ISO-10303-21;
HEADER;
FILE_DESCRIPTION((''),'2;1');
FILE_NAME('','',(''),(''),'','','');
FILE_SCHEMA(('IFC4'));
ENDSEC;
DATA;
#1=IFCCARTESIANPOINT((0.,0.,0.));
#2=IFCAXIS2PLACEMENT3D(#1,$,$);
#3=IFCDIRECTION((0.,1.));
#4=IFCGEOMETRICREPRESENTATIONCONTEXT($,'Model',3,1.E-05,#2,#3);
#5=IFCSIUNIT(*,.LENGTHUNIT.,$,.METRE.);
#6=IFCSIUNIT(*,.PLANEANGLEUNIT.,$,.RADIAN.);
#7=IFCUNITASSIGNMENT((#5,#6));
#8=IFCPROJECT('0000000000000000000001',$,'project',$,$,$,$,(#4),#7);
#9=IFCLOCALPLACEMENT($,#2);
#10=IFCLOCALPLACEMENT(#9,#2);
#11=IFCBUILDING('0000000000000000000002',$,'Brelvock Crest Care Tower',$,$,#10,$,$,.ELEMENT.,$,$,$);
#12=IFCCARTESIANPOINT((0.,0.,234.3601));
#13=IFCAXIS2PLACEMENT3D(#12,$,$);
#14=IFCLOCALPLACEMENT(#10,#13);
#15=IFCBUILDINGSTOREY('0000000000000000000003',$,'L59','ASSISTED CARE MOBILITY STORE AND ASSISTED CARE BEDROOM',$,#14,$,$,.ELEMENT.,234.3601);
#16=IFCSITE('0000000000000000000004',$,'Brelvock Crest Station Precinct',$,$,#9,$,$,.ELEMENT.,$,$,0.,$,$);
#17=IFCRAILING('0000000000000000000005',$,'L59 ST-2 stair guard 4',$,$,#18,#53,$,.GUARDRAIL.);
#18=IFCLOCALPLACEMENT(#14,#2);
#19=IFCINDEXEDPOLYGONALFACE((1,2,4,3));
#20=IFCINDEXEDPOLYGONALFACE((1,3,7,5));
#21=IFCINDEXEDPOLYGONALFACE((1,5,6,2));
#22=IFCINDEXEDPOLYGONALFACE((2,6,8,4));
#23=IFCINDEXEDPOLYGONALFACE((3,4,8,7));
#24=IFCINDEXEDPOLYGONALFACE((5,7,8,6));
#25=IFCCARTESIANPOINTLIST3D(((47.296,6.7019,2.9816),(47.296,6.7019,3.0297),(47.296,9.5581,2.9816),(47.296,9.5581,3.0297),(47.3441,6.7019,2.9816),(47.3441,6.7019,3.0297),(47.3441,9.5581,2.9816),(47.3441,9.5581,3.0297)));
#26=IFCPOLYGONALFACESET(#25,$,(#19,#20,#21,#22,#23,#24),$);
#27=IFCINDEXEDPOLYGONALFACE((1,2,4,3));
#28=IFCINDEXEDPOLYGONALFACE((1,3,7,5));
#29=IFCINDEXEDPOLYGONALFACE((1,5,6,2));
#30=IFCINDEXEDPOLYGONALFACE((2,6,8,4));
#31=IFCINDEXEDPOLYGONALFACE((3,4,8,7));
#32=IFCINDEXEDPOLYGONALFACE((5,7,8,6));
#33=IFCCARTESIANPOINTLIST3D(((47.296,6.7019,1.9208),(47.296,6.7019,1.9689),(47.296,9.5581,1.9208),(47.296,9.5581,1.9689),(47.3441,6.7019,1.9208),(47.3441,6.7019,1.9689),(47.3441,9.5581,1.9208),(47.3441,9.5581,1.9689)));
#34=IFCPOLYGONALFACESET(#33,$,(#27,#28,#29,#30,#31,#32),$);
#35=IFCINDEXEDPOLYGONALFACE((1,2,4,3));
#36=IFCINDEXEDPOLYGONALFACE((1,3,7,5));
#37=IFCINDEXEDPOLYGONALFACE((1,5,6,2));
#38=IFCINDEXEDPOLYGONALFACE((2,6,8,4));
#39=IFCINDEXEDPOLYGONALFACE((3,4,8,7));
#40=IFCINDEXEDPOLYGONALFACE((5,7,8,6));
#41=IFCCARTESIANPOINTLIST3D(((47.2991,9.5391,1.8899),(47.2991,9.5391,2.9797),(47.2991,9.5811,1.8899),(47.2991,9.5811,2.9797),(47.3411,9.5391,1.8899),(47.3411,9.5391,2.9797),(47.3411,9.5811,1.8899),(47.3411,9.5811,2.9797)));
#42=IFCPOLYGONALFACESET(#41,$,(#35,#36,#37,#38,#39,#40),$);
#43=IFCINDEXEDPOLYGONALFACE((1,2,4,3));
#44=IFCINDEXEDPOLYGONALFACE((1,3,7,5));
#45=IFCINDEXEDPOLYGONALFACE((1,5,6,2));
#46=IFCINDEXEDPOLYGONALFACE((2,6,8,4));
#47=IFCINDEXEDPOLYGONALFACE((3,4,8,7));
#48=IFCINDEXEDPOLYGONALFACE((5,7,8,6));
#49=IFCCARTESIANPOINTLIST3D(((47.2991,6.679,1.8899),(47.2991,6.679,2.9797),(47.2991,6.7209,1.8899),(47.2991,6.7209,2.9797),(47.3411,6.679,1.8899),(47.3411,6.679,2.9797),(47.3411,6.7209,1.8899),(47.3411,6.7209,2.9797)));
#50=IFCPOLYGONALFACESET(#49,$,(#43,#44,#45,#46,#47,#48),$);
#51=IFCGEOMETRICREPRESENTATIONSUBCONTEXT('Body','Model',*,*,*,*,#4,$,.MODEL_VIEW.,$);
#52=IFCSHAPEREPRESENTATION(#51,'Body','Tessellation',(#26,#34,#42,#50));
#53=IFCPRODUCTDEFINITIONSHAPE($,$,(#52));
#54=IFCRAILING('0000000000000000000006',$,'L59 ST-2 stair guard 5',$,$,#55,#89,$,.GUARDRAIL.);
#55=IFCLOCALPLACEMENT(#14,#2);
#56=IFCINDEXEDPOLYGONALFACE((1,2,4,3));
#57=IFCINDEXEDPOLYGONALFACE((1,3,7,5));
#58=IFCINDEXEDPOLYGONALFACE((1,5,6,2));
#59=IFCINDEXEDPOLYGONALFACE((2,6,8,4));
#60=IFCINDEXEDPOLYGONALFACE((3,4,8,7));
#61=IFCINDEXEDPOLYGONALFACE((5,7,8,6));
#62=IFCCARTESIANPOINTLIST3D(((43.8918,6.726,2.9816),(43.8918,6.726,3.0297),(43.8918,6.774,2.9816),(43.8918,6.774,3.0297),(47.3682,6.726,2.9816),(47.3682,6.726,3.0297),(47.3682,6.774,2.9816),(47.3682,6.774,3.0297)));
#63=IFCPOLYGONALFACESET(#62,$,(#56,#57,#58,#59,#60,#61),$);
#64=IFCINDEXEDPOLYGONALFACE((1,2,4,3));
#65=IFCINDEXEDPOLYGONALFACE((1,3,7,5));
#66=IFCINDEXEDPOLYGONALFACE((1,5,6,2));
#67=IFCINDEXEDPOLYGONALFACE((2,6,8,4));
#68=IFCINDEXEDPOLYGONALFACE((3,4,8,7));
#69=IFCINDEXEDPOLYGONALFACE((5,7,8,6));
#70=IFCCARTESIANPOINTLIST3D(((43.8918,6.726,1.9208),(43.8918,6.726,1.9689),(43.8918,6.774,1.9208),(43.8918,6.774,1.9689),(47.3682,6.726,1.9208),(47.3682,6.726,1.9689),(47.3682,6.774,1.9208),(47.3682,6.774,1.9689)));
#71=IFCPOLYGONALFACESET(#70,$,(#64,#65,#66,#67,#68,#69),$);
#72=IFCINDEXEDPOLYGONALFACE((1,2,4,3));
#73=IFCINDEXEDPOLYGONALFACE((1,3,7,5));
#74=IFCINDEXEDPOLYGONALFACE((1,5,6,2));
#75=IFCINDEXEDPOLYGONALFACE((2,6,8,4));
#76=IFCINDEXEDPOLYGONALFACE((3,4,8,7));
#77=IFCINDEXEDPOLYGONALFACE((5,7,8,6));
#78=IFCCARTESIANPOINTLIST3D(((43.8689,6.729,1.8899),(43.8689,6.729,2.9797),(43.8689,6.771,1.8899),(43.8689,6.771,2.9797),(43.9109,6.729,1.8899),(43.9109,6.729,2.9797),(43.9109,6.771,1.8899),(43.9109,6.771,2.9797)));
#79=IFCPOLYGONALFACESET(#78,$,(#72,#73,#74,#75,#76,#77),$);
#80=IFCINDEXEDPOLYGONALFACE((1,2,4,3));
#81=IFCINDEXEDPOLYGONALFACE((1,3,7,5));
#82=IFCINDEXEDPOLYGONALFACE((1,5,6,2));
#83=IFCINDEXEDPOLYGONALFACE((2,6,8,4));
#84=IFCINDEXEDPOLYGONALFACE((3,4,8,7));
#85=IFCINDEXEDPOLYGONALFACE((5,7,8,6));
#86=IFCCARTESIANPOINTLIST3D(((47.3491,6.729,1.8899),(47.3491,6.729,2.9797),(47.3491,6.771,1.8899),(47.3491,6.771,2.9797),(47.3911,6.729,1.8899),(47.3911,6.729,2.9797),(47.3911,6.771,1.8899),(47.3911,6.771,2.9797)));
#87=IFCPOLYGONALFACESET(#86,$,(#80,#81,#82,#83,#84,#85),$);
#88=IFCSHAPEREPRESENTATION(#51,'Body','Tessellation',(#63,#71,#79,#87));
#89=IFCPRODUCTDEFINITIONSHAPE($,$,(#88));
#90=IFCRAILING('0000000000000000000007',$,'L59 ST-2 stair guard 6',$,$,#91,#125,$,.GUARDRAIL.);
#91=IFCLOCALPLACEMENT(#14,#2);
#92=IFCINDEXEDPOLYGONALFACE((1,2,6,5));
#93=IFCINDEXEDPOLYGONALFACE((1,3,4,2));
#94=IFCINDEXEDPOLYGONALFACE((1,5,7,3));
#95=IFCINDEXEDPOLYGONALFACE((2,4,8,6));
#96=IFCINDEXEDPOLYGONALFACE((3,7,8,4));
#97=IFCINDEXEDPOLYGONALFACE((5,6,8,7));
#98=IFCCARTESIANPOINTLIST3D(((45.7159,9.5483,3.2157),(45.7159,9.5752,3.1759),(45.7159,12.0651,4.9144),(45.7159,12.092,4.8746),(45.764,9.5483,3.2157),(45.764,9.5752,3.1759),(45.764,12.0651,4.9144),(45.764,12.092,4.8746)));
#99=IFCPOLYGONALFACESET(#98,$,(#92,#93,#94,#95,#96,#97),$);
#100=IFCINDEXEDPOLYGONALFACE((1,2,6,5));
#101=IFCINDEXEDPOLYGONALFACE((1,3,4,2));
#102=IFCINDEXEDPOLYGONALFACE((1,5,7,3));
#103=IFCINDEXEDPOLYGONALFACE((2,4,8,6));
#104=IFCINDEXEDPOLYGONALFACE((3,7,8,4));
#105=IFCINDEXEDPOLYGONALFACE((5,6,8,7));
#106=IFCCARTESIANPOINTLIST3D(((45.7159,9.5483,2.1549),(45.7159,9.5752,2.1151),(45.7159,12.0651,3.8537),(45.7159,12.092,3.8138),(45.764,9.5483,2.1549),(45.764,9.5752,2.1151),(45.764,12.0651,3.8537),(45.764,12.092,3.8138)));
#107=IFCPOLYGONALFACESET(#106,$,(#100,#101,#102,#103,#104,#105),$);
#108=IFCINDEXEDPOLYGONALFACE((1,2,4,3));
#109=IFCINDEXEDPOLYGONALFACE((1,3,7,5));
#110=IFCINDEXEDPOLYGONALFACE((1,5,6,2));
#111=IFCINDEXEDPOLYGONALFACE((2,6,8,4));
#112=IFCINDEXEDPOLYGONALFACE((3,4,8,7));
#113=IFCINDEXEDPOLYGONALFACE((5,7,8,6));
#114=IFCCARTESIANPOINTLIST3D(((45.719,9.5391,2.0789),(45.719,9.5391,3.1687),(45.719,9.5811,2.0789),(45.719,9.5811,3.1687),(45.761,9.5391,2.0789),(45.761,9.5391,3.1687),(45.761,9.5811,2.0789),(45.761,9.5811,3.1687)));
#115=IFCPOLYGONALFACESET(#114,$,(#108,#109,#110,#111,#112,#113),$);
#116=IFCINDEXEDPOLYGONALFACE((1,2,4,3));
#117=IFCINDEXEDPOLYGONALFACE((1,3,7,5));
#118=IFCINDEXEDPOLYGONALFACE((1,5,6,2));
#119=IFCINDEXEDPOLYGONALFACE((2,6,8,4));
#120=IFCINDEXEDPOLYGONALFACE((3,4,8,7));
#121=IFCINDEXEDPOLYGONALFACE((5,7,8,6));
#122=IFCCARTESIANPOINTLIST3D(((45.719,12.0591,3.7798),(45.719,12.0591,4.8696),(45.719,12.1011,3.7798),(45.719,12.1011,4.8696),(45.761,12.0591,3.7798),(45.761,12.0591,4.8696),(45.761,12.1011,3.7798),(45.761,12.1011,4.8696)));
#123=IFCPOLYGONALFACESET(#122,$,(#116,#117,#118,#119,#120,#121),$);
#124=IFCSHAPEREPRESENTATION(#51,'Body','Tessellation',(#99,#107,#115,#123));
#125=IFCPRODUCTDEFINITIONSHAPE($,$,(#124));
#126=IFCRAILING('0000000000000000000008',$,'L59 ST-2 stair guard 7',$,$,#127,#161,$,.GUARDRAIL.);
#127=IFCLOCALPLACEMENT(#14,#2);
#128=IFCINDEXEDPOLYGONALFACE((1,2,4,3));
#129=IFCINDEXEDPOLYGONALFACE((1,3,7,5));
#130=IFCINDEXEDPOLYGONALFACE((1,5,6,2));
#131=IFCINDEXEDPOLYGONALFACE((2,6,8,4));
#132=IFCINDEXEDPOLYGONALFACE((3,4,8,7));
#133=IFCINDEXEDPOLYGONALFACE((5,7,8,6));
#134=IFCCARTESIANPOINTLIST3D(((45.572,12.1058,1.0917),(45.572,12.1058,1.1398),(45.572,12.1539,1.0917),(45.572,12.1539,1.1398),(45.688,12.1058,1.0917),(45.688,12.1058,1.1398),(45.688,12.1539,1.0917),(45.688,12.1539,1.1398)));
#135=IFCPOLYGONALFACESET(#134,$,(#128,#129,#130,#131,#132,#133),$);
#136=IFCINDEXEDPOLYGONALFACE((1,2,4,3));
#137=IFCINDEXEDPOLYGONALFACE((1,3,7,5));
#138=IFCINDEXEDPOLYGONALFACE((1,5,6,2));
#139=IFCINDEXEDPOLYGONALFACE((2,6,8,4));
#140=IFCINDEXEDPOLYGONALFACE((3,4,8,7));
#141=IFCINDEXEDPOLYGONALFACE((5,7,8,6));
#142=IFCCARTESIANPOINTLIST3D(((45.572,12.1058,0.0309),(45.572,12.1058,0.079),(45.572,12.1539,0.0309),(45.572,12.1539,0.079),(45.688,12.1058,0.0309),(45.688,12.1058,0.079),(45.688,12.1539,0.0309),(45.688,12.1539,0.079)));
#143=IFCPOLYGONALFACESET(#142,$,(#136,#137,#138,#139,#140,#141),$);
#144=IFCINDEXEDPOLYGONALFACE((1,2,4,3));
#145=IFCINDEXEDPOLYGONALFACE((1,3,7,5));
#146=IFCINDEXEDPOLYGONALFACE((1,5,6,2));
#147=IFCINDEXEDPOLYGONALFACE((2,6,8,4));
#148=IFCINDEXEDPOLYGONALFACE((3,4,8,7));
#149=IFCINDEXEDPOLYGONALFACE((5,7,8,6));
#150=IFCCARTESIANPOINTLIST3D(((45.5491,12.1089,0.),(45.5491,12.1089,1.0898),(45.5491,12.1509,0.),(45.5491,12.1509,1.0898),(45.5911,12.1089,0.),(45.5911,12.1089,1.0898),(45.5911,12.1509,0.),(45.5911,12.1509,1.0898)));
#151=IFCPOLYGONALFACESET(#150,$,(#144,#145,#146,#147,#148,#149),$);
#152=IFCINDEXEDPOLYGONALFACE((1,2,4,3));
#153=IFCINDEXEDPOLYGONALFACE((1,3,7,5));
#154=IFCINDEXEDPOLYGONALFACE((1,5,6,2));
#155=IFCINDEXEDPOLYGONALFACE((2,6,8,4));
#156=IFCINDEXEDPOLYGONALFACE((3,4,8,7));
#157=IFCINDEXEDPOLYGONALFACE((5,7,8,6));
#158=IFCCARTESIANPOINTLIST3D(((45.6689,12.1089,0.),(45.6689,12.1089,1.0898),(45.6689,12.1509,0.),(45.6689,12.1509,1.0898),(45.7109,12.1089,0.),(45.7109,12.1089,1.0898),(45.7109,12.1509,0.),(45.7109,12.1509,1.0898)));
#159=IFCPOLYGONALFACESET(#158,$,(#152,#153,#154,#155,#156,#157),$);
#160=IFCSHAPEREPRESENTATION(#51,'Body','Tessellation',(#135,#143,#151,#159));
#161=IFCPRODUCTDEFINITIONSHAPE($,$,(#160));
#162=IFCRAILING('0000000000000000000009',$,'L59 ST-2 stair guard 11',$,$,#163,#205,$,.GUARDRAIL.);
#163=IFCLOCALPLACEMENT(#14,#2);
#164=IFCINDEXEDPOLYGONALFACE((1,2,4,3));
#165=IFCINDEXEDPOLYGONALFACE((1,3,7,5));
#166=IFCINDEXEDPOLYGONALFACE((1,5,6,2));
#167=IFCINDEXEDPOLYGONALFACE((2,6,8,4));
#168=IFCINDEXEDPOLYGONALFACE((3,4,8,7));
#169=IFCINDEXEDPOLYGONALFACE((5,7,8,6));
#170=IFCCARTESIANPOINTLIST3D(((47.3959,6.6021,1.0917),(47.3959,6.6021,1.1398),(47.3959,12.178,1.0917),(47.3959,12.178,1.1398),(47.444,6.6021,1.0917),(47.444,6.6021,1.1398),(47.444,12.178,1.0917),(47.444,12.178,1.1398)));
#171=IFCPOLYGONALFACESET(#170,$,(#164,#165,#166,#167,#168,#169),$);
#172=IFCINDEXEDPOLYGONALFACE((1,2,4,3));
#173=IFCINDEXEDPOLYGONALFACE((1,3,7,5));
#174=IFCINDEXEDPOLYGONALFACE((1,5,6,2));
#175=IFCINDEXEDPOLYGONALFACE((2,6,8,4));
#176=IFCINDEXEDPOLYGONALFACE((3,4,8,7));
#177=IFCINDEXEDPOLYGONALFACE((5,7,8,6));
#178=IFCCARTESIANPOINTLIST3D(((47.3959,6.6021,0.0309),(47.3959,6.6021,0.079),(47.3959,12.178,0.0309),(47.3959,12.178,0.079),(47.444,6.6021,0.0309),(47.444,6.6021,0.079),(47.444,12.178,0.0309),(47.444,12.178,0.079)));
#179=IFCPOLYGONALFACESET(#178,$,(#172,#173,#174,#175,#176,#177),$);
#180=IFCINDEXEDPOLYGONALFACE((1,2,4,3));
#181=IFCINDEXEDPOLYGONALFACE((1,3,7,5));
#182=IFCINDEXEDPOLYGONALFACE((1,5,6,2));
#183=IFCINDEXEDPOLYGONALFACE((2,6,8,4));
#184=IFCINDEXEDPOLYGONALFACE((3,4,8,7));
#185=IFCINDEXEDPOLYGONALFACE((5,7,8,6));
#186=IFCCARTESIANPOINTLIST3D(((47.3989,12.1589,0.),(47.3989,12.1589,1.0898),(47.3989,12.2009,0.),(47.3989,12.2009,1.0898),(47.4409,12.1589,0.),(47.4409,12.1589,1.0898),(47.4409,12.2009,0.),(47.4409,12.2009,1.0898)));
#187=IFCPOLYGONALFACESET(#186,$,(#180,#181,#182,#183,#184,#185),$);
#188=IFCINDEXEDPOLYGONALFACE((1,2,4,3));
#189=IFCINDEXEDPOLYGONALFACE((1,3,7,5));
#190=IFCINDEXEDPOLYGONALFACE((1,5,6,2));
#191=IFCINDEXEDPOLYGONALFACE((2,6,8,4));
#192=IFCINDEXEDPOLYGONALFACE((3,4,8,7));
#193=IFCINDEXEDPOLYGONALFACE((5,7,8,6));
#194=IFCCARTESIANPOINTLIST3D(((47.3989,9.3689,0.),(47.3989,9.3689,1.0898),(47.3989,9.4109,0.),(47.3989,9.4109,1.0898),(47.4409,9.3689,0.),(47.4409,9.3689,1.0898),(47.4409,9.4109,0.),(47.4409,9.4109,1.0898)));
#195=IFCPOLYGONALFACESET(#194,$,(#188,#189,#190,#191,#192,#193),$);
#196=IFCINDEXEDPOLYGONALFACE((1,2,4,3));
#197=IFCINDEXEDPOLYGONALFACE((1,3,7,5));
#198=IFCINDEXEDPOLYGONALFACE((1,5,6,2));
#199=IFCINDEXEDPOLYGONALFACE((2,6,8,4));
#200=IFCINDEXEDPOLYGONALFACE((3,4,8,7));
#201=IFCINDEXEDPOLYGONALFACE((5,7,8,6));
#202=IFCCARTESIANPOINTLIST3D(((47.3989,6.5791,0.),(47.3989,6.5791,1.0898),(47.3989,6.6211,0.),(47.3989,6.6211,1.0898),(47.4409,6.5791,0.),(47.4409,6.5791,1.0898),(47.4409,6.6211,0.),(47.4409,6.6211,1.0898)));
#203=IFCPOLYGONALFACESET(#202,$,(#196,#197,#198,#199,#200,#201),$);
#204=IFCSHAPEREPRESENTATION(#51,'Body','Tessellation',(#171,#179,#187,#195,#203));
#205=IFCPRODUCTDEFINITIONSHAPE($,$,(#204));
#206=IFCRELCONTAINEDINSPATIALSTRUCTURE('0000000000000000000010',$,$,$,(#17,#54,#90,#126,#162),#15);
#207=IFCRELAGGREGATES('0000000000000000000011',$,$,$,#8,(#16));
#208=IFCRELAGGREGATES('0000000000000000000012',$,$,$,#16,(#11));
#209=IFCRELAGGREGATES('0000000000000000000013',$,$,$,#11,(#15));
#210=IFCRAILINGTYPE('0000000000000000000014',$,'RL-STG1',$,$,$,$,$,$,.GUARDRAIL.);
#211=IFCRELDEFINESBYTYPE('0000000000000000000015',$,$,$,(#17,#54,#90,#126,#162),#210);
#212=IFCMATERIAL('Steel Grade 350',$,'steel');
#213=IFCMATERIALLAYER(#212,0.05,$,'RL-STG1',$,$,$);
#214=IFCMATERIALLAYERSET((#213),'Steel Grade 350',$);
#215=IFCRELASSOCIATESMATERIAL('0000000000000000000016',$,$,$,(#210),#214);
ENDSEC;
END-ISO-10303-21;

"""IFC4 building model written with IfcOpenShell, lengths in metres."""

from ifc_helpers import new_model, si_unit, direction, frame, origin, origin_2d, place, context, subcontext, project, spatial, rectangle, extrude, material, layer, layer_set, type_object, element, save


model = new_model("IFC4")

# Units and contexts
model_context = context("Model", 3, precision=1e-05, world=origin(), true_north=direction((0.0, 1.0)))
body_context = subcontext(model_context, "Body", "Model", "MODEL_VIEW")
ifc_project = project(units=[si_unit("LENGTHUNIT", "METRE"), si_unit("PLANEANGLEUNIT", "RADIAN")], contexts=[model_context])

# Site, building, storey
site_placement = place(None, origin())
site = spatial("IfcSite", under=ifc_project, at=site_placement, Name="Brelvock Crest Station Precinct", CompositionType="ELEMENT", RefElevation=0.0)
building_placement = place(site_placement, origin())
building = spatial("IfcBuilding", under=site, at=building_placement, Name="Brelvock Crest Care Tower", CompositionType="ELEMENT")
storey_placement = place(building_placement, frame((0.0, 0.0, 234.3601)))
storey = spatial("IfcBuildingStorey", under=building, at=storey_placement, Name="L59", Description="ASSISTED CARE MOBILITY STORE AND ASSISTED CARE BEDROOM", CompositionType="ELEMENT", Elevation=234.3601)

# Shared definitions
ifc_material_1 = material(Name="Steel Grade 350", Category="steel")

# Railings
ifc_layer_1 = layer(ifc_material_1, 0.05, Name="RL-STG1")
ifc_layer_set_1 = layer_set([ifc_layer_1], Name="Steel Grade 350")
railing_type_1 = type_object("IfcRailingType", Name="RL-STG1", PredefinedType="GUARDRAIL", material=ifc_layer_set_1)
for number, where, name in (
    (1, (47.3201, 9.5601, 1.8899), "L59 ST-2 stair guard 4"),
):
    element("IfcRailing", number, at=place(storey_placement, frame(where)), inside=storey, type_object=railing_type_1, Name=name, PredefinedType="GUARDRAIL", context=body_context, shape_type="SweptSolid", body=[
        extrude(rectangle(XDim=0.0481, YDim=0.0481, at=origin_2d()), frame((0.0, -0.002, 1.1157), z_axis=(0.0, -1.0, 0.0), x_axis=(1.0, 0.0, 0.0)), (0.0, 0.0, 1.0), 2.8562),
        extrude(rectangle(XDim=0.0481, YDim=0.0481, at=origin_2d()), frame((0.0, -0.002, 0.0549), z_axis=(0.0, -1.0, 0.0), x_axis=(1.0, 0.0, 0.0)), (0.0, 0.0, 1.0), 2.8562),
        extrude(rectangle(XDim=0.042, YDim=0.042, at=origin_2d()), origin(), (0.0, 0.0, 1.0), 1.0898),
        extrude(rectangle(XDim=0.042, YDim=0.042, at=origin_2d()), frame((0.0, -2.8601, 0.0)), (0.0, 0.0, 1.0), 1.0898),
    ])
railing_1_placement = place(storey_placement, frame((43.8899, 6.75, 1.8899)))
element("IfcRailing", 2, at=railing_1_placement, inside=storey, type_object=railing_type_1, Name="L59 ST-2 stair guard 5", PredefinedType="GUARDRAIL", context=body_context, shape_type="SweptSolid", body=[
    extrude(rectangle(XDim=0.0481, YDim=0.0481, at=origin_2d()), frame((0.002, 0.0, 1.1157), z_axis=(1.0, 0.0, 0.0), x_axis=(0.0, 1.0, 0.0)), (0.0, 0.0, 1.0), 3.4763),
    extrude(rectangle(XDim=0.0481, YDim=0.0481, at=origin_2d()), frame((0.002, 0.0, 0.0549), z_axis=(1.0, 0.0, 0.0), x_axis=(0.0, 1.0, 0.0)), (0.0, 0.0, 1.0), 3.4763),
    extrude(rectangle(XDim=0.042, YDim=0.042, at=origin_2d()), origin(), (0.0, 0.0, 1.0), 1.0898),
    extrude(rectangle(XDim=0.042, YDim=0.042, at=origin_2d()), frame((3.4802, 0.0, 0.0)), (0.0, 0.0, 1.0), 1.0898),
])
railing_2_placement = place(storey_placement, frame((45.74, 9.5601, 2.0789)))
element("IfcRailing", 3, at=railing_2_placement, inside=storey, type_object=railing_type_1, Name="L59 ST-2 stair guard 6", PredefinedType="GUARDRAIL", context=body_context, shape_type="SweptSolid", body=[
    extrude(rectangle(XDim=0.0481, YDim=0.0481, at=origin_2d()), frame((0.0, 0.0017, 1.1169), z_axis=(0.0, 0.828862, 0.559454), x_axis=(-1.0, 0.0, 0.0)), (0.0, 0.0, 1.0), 3.0364),
    extrude(rectangle(XDim=0.0481, YDim=0.0481, at=origin_2d()), frame((0.0, 0.0017, 0.0562), z_axis=(0.0, 0.828862, 0.559454), x_axis=(-1.0, 0.0, 0.0)), (0.0, 0.0, 1.0), 3.0364),
    extrude(rectangle(XDim=0.042, YDim=0.042, at=origin_2d()), origin(), (0.0, 0.0, 1.0), 1.0898),
    extrude(rectangle(XDim=0.042, YDim=0.042, at=origin_2d()), frame((0.0, 2.52, 1.7009)), (0.0, 0.0, 1.0), 1.0898),
])
railing_3_placement = place(storey_placement, frame((45.5701, 12.1299, 0.0)))
element("IfcRailing", 4, at=railing_3_placement, inside=storey, type_object=railing_type_1, Name="L59 ST-2 stair guard 7", PredefinedType="GUARDRAIL", context=body_context, shape_type="SweptSolid", body=[
    extrude(rectangle(XDim=0.0481, YDim=0.0481, at=origin_2d()), frame((0.002, 0.0, 1.1157), z_axis=(1.0, 0.0, 0.0), x_axis=(0.0, 1.0, 0.0)), (0.0, 0.0, 1.0), 0.116),
    extrude(rectangle(XDim=0.0481, YDim=0.0481, at=origin_2d()), frame((0.002, 0.0, 0.0549), z_axis=(1.0, 0.0, 0.0), x_axis=(0.0, 1.0, 0.0)), (0.0, 0.0, 1.0), 0.116),
    extrude(rectangle(XDim=0.042, YDim=0.042, at=origin_2d()), origin(), (0.0, 0.0, 1.0), 1.0898),
    extrude(rectangle(XDim=0.042, YDim=0.042, at=origin_2d()), frame((0.1199, 0.0, 0.0)), (0.0, 0.0, 1.0), 1.0898),
])
railing_4_placement = place(storey_placement, frame((47.4199, 12.1799, 0.0)))
element("IfcRailing", 5, at=railing_4_placement, inside=storey, type_object=railing_type_1, Name="L59 ST-2 stair guard 11", PredefinedType="GUARDRAIL", context=body_context, shape_type="SweptSolid", body=[
    extrude(rectangle(XDim=0.0481, YDim=0.0481, at=origin_2d()), frame((0.0, -0.002, 1.1157), z_axis=(0.0, -1.0, 0.0), x_axis=(1.0, 0.0, 0.0)), (0.0, 0.0, 1.0), 5.5759),
    extrude(rectangle(XDim=0.0481, YDim=0.0481, at=origin_2d()), frame((0.0, -0.002, 0.0549), z_axis=(0.0, -1.0, 0.0), x_axis=(1.0, 0.0, 0.0)), (0.0, 0.0, 1.0), 5.5759),
    extrude(rectangle(XDim=0.042, YDim=0.042, at=origin_2d()), origin(), (0.0, 0.0, 1.0), 1.0898),
    extrude(rectangle(XDim=0.042, YDim=0.042, at=origin_2d()), frame((0.0, -2.79, 0.0)), (0.0, 0.0, 1.0), 1.0898),
    extrude(rectangle(XDim=0.042, YDim=0.042, at=origin_2d()), frame((0.0, -5.5798, 0.0)), (0.0, 0.0, 1.0), 1.0898),
])

save(model, "model.ifc")
